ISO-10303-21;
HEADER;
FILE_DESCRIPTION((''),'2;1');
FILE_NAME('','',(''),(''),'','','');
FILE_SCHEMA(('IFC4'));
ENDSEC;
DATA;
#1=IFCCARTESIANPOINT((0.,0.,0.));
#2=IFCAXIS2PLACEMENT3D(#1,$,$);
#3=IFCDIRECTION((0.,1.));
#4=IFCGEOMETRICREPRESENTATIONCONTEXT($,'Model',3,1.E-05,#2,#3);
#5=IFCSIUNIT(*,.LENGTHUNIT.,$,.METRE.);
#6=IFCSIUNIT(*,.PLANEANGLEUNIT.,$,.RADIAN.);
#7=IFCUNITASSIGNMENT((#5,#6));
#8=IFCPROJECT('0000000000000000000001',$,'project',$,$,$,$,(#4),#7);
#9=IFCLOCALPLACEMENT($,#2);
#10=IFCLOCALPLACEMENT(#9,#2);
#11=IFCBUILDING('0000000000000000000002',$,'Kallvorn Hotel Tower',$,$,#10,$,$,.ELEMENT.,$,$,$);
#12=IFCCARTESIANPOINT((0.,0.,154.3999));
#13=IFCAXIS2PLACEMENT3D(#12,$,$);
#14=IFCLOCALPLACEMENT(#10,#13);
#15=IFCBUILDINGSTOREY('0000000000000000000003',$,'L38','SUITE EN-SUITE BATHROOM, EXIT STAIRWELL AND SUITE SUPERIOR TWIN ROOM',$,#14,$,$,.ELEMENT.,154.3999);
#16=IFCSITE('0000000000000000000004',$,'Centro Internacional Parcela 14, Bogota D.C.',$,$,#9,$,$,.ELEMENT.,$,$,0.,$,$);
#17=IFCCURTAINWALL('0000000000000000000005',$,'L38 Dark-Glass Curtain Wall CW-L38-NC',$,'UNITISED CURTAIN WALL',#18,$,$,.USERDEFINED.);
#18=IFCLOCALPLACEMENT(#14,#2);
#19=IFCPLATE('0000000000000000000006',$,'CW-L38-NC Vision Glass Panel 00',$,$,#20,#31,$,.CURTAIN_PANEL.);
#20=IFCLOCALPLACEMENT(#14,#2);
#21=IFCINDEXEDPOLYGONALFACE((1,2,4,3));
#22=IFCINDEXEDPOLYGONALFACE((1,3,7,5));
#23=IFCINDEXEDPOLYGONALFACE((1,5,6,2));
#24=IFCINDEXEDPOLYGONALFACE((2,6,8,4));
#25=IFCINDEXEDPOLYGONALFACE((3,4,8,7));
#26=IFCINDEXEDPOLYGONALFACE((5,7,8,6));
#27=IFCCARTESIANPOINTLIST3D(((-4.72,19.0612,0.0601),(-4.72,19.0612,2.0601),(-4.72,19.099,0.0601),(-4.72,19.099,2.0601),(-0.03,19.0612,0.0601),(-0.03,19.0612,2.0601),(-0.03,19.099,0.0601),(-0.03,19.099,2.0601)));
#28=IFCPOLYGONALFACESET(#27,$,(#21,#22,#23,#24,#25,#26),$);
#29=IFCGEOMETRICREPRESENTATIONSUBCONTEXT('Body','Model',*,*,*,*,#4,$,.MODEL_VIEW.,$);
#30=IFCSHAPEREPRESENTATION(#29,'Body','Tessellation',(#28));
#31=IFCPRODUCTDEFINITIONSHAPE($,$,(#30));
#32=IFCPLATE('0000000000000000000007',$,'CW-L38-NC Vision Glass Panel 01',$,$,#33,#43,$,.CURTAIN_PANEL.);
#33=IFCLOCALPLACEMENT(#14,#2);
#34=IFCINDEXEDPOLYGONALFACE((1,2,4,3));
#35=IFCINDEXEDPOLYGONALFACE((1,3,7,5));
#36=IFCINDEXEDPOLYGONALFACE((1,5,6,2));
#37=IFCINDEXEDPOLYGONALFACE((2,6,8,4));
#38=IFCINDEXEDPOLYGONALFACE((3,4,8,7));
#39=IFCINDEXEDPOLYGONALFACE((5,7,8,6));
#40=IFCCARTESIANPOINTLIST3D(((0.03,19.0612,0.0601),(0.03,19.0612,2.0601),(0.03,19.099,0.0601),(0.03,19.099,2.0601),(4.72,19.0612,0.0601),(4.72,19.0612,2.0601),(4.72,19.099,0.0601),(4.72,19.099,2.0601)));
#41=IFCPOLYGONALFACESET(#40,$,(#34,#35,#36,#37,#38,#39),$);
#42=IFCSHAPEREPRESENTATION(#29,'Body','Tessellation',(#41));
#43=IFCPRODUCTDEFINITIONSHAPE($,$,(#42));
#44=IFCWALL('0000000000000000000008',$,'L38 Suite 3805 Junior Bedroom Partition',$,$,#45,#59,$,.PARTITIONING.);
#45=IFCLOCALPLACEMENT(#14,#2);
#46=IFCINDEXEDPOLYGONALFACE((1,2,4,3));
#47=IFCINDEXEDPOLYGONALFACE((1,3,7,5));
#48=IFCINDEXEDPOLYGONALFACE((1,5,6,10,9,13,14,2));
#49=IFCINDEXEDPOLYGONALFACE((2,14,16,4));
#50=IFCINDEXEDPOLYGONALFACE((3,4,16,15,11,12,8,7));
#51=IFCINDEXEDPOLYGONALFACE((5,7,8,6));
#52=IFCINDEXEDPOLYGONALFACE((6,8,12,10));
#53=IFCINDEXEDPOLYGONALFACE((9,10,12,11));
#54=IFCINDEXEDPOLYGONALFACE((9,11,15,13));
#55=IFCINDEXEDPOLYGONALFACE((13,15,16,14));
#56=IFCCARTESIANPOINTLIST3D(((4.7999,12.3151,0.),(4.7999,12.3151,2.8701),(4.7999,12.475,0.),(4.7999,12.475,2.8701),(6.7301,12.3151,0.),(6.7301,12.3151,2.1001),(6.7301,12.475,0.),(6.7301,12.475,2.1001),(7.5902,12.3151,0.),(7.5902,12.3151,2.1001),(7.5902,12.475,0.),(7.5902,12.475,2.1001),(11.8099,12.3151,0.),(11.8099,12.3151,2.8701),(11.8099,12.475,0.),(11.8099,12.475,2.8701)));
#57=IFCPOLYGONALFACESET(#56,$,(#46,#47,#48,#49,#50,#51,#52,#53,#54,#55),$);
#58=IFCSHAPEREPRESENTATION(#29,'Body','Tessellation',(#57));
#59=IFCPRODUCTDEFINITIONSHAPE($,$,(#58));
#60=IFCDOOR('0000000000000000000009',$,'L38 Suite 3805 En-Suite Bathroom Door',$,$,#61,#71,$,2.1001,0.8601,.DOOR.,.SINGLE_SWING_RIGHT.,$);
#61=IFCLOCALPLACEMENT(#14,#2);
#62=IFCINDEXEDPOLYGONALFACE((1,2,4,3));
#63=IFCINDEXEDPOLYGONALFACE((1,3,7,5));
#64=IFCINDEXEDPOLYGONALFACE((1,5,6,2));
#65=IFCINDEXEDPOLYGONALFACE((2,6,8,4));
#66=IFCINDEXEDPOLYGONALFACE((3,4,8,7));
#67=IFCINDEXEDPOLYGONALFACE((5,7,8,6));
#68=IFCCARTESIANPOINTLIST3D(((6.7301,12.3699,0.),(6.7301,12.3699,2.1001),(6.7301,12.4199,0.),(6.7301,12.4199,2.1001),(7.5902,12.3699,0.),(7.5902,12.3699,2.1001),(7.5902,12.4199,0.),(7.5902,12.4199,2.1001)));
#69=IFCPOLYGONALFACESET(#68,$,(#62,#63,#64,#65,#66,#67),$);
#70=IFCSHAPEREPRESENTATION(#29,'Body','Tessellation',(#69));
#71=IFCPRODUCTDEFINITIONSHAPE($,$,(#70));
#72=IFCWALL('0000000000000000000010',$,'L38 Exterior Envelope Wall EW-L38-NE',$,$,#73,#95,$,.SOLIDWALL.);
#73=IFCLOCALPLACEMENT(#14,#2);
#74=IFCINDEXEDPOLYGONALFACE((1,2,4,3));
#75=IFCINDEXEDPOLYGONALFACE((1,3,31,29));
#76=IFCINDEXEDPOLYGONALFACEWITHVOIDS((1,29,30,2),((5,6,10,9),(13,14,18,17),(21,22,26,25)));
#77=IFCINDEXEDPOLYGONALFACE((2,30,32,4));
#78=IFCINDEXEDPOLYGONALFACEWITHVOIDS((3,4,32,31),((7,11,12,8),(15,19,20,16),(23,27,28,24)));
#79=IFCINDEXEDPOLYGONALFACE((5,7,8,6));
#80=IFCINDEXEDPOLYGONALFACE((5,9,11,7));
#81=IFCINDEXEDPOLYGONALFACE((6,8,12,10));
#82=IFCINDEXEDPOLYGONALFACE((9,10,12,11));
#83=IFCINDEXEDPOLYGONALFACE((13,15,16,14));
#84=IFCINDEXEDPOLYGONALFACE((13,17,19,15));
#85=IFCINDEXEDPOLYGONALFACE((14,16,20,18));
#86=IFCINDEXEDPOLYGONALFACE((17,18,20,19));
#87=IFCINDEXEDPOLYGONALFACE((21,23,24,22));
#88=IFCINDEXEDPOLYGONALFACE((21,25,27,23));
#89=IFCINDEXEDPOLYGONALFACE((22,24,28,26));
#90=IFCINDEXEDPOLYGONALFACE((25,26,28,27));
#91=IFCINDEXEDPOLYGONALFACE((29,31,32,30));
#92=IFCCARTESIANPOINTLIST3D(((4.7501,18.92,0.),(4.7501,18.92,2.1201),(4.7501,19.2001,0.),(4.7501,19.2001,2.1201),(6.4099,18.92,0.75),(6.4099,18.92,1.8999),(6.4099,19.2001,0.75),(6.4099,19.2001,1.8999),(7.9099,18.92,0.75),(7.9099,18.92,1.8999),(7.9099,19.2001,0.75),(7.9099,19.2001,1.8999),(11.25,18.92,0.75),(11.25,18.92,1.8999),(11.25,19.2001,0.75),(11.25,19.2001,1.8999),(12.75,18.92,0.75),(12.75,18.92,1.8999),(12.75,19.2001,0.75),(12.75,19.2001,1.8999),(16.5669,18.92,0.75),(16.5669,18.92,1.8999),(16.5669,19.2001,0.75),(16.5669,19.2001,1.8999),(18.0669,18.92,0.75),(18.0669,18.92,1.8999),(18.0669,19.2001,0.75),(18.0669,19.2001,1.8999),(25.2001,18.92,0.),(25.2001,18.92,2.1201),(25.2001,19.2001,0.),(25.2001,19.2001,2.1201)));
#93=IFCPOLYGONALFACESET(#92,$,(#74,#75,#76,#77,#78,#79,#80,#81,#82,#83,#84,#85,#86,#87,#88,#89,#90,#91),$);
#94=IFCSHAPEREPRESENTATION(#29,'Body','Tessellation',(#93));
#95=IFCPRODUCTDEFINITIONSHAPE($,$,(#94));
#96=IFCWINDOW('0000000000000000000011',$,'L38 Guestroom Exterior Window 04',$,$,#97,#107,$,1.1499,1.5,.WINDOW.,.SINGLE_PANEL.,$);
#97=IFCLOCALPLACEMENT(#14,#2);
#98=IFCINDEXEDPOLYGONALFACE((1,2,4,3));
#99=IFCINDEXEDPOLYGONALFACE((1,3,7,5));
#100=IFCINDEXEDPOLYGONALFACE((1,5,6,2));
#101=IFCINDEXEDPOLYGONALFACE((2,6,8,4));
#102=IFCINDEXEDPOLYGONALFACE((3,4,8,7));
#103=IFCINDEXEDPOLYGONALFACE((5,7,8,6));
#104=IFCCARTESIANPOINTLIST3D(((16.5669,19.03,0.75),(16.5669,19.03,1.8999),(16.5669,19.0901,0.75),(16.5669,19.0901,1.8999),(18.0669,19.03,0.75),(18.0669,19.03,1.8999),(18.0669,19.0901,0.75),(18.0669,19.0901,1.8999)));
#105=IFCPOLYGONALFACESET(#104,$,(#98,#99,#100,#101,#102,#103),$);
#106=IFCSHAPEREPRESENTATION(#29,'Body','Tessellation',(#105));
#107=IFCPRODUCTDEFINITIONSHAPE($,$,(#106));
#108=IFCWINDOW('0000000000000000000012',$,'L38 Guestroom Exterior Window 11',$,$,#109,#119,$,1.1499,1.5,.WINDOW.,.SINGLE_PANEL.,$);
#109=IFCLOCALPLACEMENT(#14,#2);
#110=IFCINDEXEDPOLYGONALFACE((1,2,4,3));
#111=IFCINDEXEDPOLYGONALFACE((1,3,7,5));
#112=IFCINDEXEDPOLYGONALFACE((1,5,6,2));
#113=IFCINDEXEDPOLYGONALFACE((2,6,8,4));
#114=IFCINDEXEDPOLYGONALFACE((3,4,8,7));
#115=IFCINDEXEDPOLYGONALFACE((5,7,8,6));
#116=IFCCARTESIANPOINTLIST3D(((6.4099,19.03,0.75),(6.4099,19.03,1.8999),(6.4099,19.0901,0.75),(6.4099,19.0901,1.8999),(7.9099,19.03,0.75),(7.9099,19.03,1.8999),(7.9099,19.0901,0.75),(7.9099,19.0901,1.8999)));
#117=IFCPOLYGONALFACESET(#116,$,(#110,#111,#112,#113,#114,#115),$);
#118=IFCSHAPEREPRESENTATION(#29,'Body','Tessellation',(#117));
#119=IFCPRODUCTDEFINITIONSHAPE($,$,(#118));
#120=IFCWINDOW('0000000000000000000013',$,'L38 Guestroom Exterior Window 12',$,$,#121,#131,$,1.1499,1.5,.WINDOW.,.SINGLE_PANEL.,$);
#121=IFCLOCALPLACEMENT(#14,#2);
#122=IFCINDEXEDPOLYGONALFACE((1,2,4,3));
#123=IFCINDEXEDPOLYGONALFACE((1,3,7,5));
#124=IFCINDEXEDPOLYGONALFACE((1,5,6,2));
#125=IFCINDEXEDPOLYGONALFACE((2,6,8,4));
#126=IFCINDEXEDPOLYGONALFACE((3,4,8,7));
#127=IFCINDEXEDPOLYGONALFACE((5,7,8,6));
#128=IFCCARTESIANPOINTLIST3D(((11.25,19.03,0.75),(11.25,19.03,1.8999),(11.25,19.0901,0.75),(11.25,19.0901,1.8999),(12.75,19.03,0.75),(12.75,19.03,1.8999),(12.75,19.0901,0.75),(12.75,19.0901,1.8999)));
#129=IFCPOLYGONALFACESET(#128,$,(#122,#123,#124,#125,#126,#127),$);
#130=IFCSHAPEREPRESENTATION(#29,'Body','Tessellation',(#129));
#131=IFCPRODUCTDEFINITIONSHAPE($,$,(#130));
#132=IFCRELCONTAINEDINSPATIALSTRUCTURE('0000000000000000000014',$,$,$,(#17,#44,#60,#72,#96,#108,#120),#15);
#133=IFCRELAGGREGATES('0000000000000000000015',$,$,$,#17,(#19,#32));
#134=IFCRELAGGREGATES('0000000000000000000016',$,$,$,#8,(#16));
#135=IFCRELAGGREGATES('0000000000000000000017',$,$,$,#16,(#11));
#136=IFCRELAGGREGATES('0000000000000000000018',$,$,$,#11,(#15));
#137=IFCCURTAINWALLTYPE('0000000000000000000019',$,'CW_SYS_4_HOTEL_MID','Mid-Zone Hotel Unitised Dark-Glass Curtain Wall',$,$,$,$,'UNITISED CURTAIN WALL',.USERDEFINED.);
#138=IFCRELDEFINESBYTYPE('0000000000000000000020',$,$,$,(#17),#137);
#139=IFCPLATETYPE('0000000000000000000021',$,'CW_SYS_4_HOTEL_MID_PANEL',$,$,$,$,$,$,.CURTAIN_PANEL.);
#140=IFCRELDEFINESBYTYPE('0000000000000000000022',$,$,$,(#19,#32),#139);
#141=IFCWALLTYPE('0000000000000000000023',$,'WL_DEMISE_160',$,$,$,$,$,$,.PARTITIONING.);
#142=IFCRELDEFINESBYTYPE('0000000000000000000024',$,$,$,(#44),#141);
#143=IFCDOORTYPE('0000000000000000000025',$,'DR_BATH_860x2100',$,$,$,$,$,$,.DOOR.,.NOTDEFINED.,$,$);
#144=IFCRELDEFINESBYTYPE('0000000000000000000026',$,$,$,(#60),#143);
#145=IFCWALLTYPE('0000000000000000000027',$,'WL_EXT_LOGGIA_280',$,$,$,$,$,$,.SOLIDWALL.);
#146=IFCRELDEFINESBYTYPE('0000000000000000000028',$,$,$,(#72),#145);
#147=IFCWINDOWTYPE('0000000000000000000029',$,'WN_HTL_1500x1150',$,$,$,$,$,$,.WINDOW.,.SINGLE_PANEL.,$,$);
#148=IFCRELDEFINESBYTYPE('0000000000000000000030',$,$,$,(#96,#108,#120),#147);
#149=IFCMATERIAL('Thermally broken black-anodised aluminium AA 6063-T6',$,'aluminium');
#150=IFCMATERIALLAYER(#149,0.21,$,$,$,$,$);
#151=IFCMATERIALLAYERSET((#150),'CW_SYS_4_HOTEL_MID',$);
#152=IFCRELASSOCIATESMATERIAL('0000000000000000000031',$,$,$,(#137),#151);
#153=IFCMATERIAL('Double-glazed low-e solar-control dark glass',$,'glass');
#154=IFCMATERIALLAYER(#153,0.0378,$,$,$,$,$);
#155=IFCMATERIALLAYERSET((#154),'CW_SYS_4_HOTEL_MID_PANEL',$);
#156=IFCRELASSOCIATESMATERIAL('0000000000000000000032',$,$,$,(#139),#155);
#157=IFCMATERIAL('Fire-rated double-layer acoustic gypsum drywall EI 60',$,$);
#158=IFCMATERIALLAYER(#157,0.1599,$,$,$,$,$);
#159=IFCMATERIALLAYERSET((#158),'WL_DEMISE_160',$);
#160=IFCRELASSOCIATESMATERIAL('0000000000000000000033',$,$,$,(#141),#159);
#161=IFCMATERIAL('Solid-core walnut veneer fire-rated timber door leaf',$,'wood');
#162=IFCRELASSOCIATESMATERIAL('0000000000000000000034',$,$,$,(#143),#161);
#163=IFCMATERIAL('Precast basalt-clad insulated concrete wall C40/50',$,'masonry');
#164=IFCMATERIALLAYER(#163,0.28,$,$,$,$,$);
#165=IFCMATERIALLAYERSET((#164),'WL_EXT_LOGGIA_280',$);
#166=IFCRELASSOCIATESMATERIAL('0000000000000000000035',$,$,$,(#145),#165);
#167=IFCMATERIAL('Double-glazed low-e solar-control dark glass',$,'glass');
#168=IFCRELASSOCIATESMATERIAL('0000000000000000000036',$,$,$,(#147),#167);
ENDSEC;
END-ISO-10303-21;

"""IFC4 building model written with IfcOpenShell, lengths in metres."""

from ifc_helpers import new_model, si_unit, direction, frame, frame_2d, origin, origin_2d, place, context, subcontext, project, spatial, rectangle, extrude, material, layer, layer_set, type_object, element, fill, aggregate, save


model = new_model("IFC4")

# Units and contexts
model_context = context("Model", 3, precision=1e-05, world=origin(), true_north=direction((0.0, 1.0)))
body_context = subcontext(model_context, "Body", "Model", "MODEL_VIEW")
ifc_project = project(units=[si_unit("LENGTHUNIT", "METRE"), si_unit("PLANEANGLEUNIT", "RADIAN")], contexts=[model_context])

# Site, building, storey
site_placement = place(None, origin())
site = spatial("IfcSite", under=ifc_project, at=site_placement, Name="Centro Internacional Parcela 14, Bogota D.C.", CompositionType="ELEMENT", RefElevation=0.0)
building_placement = place(site_placement, origin())
building = spatial("IfcBuilding", under=site, at=building_placement, Name="Kallvorn Hotel Tower", CompositionType="ELEMENT")
storey_placement = place(building_placement, frame((0.0, 0.0, 154.3999)))
storey = spatial("IfcBuildingStorey", under=building, at=storey_placement, Name="L38", Description="SUITE EN-SUITE BATHROOM, EXIT STAIRWELL AND SUITE SUPERIOR TWIN ROOM", CompositionType="ELEMENT", Elevation=154.3999)

# Curtain wall, plates
ifc_material_1 = material(Name="Thermally broken black-anodised aluminium AA 6063-T6", Category="aluminium")
ifc_layer_1 = layer(ifc_material_1, 0.21)
ifc_layer_set_1 = layer_set([ifc_layer_1], Name="CW_SYS_4_HOTEL_MID")
curtain_wall_type = type_object("IfcCurtainWallType", Name="CW_SYS_4_HOTEL_MID", Description="Mid-Zone Hotel Unitised Dark-Glass Curtain Wall", ElementType="UNITISED CURTAIN WALL", PredefinedType="USERDEFINED", material=ifc_layer_set_1)
curtain_wall_placement = place(storey_placement, origin())
curtain_wall = element("IfcCurtainWall", 1, at=curtain_wall_placement, inside=storey, type_object=curtain_wall_type, Name="L38 Dark-Glass Curtain Wall CW-L38-NC", ObjectType="UNITISED CURTAIN WALL", PredefinedType="USERDEFINED")
ifc_material_2 = material(Name="Double-glazed low-e solar-control dark glass", Category="glass")
ifc_layer_2 = layer(ifc_material_2, 0.0378)
ifc_layer_set_2 = layer_set([ifc_layer_2], Name="CW_SYS_4_HOTEL_MID_PANEL")
plate_type = type_object("IfcPlateType", Name="CW_SYS_4_HOTEL_MID_PANEL", PredefinedType="CURTAIN_PANEL", material=ifc_layer_set_2)
plate_1_placement = place(storey_placement, frame((-2.375, 19.0801, 0.0601), z_axis=(0.0, 0.0, 1.0), x_axis=(1.0, 0.0, 0.0)))
plate_1 = element("IfcPlate", 2, at=plate_1_placement, type_object=plate_type, Name="CW-L38-NC Vision Glass Panel 00", PredefinedType="CURTAIN_PANEL", context=body_context, shape_type="SweptSolid", body=[
    extrude(rectangle(XDim=4.6899, YDim=0.0378, at=origin_2d()), origin(), (0.0, 0.0, 1.0), 2.0),
])
plate_2_placement = place(storey_placement, frame((2.375, 19.0801, 0.0601), z_axis=(0.0, 0.0, 1.0), x_axis=(1.0, 0.0, 0.0)))
plate_2 = element("IfcPlate", 3, at=plate_2_placement, type_object=plate_type, Name="CW-L38-NC Vision Glass Panel 01", PredefinedType="CURTAIN_PANEL", context=body_context, shape_type="SweptSolid", body=[
    extrude(rectangle(XDim=4.6899, YDim=0.0378, at=origin_2d()), origin(), (0.0, 0.0, 1.0), 2.0),
])
aggregate(curtain_wall, [plate_1, plate_2])

# Wall, opening, door
ifc_material_3 = material(Name="Fire-rated double-layer acoustic gypsum drywall EI 60")
ifc_layer_3 = layer(ifc_material_3, 0.1599)
ifc_layer_set_3 = layer_set([ifc_layer_3], Name="WL_DEMISE_160")
wall_type_1 = type_object("IfcWallType", Name="WL_DEMISE_160", PredefinedType="PARTITIONING", material=ifc_layer_set_3)
wall_1_placement = place(storey_placement, frame((4.8, 12.395, 0.0), z_axis=(0.0, 0.0, 1.0), x_axis=(1.0, 0.0, 0.0)))
wall_1 = element("IfcWall", 4, at=wall_1_placement, inside=storey, type_object=wall_type_1, Name="L38 Suite 3805 Junior Bedroom Partition", PredefinedType="PARTITIONING", context=body_context, shape_type="SweptSolid", body=[
    extrude(rectangle(XDim=7.01, YDim=0.1599, at=frame_2d((3.5049, 0.0))), origin(), (0.0, 0.0, 1.0), 2.8701),
])
opening_1_placement = place(wall_1_placement, frame((1.9299, 0.0, 0.0)))
opening_1 = element("IfcOpeningElement", 5, at=opening_1_placement, cuts=wall_1, PredefinedType="OPENING", context=body_context, shape_type="SweptSolid", body=[
    extrude(rectangle(XDim=0.8601, YDim=2.1001, at=frame_2d((0.4302, 1.05))), frame((0.0, 0.095, 0.0), z_axis=(0.0, -1.0, 0.0), x_axis=(1.0, 0.0, 0.0)), (0.0, 0.0, 1.0), 0.1899),
])
ifc_material_4 = material(Name="Solid-core walnut veneer fire-rated timber door leaf", Category="wood")
door_type = type_object("IfcDoorType", Name="DR_BATH_860x2100", OperationType="NOTDEFINED", PredefinedType="DOOR", material=ifc_material_4)
door_placement = place(opening_1_placement, origin())
door = element("IfcDoor", 6, at=door_placement, inside=storey, type_object=door_type, Name="L38 Suite 3805 En-Suite Bathroom Door", OperationType="SINGLE_SWING_RIGHT", OverallHeight=2.1001, OverallWidth=0.8601, PredefinedType="DOOR", context=body_context, shape_type="SweptSolid", body=[
    extrude(rectangle(XDim=0.8601, YDim=2.1001, at=frame_2d((0.4302, 1.05))), frame((0.0, 0.0249, 0.0), z_axis=(0.0, -1.0, 0.0), x_axis=(1.0, 0.0, 0.0)), (0.0, 0.0, 1.0), 0.05),
])
fill(opening_1, door)

# Wall, openings, windows
ifc_material_5 = material(Name="Precast basalt-clad insulated concrete wall C40/50", Category="masonry")
ifc_layer_4 = layer(ifc_material_5, 0.28)
ifc_layer_set_4 = layer_set([ifc_layer_4], Name="WL_EXT_LOGGIA_280")
wall_type_2 = type_object("IfcWallType", Name="WL_EXT_LOGGIA_280", PredefinedType="SOLIDWALL", material=ifc_layer_set_4)
wall_2_placement = place(storey_placement, frame((4.75, 19.0601, 0.0), z_axis=(0.0, 0.0, 1.0), x_axis=(1.0, 0.0, 0.0)))
wall_2 = element("IfcWall", 7, at=wall_2_placement, inside=storey, type_object=wall_type_2, Name="L38 Exterior Envelope Wall EW-L38-NE", PredefinedType="SOLIDWALL", context=body_context, shape_type="SweptSolid", body=[
    extrude(rectangle(XDim=20.45, YDim=0.28, at=frame_2d((10.2251, 0.0))), origin(), (0.0, 0.0, 1.0), 2.1201),
])
opening_2_placement = place(wall_2_placement, frame((11.8169, 0.0, 0.75)))
opening_2 = element("IfcOpeningElement", 8, at=opening_2_placement, cuts=wall_2, PredefinedType="OPENING", context=body_context, shape_type="SweptSolid", body=[
    extrude(rectangle(XDim=1.5, YDim=1.1499, at=frame_2d((0.75, 0.575))), frame((0.0, 0.155, 0.0), z_axis=(0.0, -1.0, 0.0), x_axis=(1.0, 0.0, 0.0)), (0.0, 0.0, 1.0), 0.3101),
])
opening_3_placement = place(wall_2_placement, frame((1.6599, 0.0, 0.75)))
opening_3 = element("IfcOpeningElement", 9, at=opening_3_placement, cuts=wall_2, PredefinedType="OPENING", context=body_context, shape_type="SweptSolid", body=[
    extrude(rectangle(XDim=1.5, YDim=1.1499, at=frame_2d((0.75, 0.575))), frame((0.0, 0.155, 0.0), z_axis=(0.0, -1.0, 0.0), x_axis=(1.0, 0.0, 0.0)), (0.0, 0.0, 1.0), 0.3101),
])
opening_4_placement = place(wall_2_placement, frame((6.5, 0.0, 0.75)))
opening_4 = element("IfcOpeningElement", 10, at=opening_4_placement, cuts=wall_2, PredefinedType="OPENING", context=body_context, shape_type="SweptSolid", body=[
    extrude(rectangle(XDim=1.5, YDim=1.1499, at=frame_2d((0.75, 0.575))), frame((0.0, 0.155, 0.0), z_axis=(0.0, -1.0, 0.0), x_axis=(1.0, 0.0, 0.0)), (0.0, 0.0, 1.0), 0.3101),
])
ifc_material_6 = material(Name="Double-glazed low-e solar-control dark glass", Category="glass")
window_type = type_object("IfcWindowType", Name="WN_HTL_1500x1150", PartitioningType="SINGLE_PANEL", PredefinedType="WINDOW", material=ifc_material_6)
window_1_placement = place(opening_2_placement, origin())
window_1 = element("IfcWindow", 11, at=window_1_placement, inside=storey, type_object=window_type, Name="L38 Guestroom Exterior Window 04", OverallHeight=1.1499, OverallWidth=1.5, PartitioningType="SINGLE_PANEL", PredefinedType="WINDOW", context=body_context, shape_type="SweptSolid", body=[
    extrude(rectangle(XDim=1.5, YDim=1.1499, at=frame_2d((0.75, 0.575))), frame((0.0, 0.03, 0.0), z_axis=(0.0, -1.0, 0.0), x_axis=(1.0, 0.0, 0.0)), (0.0, 0.0, 1.0), 0.0601),
])
fill(opening_2, window_1)
window_2_placement = place(opening_3_placement, origin())
window_2 = element("IfcWindow", 12, at=window_2_placement, inside=storey, type_object=window_type, Name="L38 Guestroom Exterior Window 11", OverallHeight=1.1499, OverallWidth=1.5, PartitioningType="SINGLE_PANEL", PredefinedType="WINDOW", context=body_context, shape_type="SweptSolid", body=[
    extrude(rectangle(XDim=1.5, YDim=1.1499, at=frame_2d((0.75, 0.575))), frame((0.0, 0.03, 0.0), z_axis=(0.0, -1.0, 0.0), x_axis=(1.0, 0.0, 0.0)), (0.0, 0.0, 1.0), 0.0601),
])
fill(opening_3, window_2)
window_3_placement = place(opening_4_placement, origin())
window_3 = element("IfcWindow", 13, at=window_3_placement, inside=storey, type_object=window_type, Name="L38 Guestroom Exterior Window 12", OverallHeight=1.1499, OverallWidth=1.5, PartitioningType="SINGLE_PANEL", PredefinedType="WINDOW", context=body_context, shape_type="SweptSolid", body=[
    extrude(rectangle(XDim=1.5, YDim=1.1499, at=frame_2d((0.75, 0.575))), frame((0.0, 0.03, 0.0), z_axis=(0.0, -1.0, 0.0), x_axis=(1.0, 0.0, 0.0)), (0.0, 0.0, 1.0), 0.0601),
])
fill(opening_4, window_3)

save(model, "model.ifc")
